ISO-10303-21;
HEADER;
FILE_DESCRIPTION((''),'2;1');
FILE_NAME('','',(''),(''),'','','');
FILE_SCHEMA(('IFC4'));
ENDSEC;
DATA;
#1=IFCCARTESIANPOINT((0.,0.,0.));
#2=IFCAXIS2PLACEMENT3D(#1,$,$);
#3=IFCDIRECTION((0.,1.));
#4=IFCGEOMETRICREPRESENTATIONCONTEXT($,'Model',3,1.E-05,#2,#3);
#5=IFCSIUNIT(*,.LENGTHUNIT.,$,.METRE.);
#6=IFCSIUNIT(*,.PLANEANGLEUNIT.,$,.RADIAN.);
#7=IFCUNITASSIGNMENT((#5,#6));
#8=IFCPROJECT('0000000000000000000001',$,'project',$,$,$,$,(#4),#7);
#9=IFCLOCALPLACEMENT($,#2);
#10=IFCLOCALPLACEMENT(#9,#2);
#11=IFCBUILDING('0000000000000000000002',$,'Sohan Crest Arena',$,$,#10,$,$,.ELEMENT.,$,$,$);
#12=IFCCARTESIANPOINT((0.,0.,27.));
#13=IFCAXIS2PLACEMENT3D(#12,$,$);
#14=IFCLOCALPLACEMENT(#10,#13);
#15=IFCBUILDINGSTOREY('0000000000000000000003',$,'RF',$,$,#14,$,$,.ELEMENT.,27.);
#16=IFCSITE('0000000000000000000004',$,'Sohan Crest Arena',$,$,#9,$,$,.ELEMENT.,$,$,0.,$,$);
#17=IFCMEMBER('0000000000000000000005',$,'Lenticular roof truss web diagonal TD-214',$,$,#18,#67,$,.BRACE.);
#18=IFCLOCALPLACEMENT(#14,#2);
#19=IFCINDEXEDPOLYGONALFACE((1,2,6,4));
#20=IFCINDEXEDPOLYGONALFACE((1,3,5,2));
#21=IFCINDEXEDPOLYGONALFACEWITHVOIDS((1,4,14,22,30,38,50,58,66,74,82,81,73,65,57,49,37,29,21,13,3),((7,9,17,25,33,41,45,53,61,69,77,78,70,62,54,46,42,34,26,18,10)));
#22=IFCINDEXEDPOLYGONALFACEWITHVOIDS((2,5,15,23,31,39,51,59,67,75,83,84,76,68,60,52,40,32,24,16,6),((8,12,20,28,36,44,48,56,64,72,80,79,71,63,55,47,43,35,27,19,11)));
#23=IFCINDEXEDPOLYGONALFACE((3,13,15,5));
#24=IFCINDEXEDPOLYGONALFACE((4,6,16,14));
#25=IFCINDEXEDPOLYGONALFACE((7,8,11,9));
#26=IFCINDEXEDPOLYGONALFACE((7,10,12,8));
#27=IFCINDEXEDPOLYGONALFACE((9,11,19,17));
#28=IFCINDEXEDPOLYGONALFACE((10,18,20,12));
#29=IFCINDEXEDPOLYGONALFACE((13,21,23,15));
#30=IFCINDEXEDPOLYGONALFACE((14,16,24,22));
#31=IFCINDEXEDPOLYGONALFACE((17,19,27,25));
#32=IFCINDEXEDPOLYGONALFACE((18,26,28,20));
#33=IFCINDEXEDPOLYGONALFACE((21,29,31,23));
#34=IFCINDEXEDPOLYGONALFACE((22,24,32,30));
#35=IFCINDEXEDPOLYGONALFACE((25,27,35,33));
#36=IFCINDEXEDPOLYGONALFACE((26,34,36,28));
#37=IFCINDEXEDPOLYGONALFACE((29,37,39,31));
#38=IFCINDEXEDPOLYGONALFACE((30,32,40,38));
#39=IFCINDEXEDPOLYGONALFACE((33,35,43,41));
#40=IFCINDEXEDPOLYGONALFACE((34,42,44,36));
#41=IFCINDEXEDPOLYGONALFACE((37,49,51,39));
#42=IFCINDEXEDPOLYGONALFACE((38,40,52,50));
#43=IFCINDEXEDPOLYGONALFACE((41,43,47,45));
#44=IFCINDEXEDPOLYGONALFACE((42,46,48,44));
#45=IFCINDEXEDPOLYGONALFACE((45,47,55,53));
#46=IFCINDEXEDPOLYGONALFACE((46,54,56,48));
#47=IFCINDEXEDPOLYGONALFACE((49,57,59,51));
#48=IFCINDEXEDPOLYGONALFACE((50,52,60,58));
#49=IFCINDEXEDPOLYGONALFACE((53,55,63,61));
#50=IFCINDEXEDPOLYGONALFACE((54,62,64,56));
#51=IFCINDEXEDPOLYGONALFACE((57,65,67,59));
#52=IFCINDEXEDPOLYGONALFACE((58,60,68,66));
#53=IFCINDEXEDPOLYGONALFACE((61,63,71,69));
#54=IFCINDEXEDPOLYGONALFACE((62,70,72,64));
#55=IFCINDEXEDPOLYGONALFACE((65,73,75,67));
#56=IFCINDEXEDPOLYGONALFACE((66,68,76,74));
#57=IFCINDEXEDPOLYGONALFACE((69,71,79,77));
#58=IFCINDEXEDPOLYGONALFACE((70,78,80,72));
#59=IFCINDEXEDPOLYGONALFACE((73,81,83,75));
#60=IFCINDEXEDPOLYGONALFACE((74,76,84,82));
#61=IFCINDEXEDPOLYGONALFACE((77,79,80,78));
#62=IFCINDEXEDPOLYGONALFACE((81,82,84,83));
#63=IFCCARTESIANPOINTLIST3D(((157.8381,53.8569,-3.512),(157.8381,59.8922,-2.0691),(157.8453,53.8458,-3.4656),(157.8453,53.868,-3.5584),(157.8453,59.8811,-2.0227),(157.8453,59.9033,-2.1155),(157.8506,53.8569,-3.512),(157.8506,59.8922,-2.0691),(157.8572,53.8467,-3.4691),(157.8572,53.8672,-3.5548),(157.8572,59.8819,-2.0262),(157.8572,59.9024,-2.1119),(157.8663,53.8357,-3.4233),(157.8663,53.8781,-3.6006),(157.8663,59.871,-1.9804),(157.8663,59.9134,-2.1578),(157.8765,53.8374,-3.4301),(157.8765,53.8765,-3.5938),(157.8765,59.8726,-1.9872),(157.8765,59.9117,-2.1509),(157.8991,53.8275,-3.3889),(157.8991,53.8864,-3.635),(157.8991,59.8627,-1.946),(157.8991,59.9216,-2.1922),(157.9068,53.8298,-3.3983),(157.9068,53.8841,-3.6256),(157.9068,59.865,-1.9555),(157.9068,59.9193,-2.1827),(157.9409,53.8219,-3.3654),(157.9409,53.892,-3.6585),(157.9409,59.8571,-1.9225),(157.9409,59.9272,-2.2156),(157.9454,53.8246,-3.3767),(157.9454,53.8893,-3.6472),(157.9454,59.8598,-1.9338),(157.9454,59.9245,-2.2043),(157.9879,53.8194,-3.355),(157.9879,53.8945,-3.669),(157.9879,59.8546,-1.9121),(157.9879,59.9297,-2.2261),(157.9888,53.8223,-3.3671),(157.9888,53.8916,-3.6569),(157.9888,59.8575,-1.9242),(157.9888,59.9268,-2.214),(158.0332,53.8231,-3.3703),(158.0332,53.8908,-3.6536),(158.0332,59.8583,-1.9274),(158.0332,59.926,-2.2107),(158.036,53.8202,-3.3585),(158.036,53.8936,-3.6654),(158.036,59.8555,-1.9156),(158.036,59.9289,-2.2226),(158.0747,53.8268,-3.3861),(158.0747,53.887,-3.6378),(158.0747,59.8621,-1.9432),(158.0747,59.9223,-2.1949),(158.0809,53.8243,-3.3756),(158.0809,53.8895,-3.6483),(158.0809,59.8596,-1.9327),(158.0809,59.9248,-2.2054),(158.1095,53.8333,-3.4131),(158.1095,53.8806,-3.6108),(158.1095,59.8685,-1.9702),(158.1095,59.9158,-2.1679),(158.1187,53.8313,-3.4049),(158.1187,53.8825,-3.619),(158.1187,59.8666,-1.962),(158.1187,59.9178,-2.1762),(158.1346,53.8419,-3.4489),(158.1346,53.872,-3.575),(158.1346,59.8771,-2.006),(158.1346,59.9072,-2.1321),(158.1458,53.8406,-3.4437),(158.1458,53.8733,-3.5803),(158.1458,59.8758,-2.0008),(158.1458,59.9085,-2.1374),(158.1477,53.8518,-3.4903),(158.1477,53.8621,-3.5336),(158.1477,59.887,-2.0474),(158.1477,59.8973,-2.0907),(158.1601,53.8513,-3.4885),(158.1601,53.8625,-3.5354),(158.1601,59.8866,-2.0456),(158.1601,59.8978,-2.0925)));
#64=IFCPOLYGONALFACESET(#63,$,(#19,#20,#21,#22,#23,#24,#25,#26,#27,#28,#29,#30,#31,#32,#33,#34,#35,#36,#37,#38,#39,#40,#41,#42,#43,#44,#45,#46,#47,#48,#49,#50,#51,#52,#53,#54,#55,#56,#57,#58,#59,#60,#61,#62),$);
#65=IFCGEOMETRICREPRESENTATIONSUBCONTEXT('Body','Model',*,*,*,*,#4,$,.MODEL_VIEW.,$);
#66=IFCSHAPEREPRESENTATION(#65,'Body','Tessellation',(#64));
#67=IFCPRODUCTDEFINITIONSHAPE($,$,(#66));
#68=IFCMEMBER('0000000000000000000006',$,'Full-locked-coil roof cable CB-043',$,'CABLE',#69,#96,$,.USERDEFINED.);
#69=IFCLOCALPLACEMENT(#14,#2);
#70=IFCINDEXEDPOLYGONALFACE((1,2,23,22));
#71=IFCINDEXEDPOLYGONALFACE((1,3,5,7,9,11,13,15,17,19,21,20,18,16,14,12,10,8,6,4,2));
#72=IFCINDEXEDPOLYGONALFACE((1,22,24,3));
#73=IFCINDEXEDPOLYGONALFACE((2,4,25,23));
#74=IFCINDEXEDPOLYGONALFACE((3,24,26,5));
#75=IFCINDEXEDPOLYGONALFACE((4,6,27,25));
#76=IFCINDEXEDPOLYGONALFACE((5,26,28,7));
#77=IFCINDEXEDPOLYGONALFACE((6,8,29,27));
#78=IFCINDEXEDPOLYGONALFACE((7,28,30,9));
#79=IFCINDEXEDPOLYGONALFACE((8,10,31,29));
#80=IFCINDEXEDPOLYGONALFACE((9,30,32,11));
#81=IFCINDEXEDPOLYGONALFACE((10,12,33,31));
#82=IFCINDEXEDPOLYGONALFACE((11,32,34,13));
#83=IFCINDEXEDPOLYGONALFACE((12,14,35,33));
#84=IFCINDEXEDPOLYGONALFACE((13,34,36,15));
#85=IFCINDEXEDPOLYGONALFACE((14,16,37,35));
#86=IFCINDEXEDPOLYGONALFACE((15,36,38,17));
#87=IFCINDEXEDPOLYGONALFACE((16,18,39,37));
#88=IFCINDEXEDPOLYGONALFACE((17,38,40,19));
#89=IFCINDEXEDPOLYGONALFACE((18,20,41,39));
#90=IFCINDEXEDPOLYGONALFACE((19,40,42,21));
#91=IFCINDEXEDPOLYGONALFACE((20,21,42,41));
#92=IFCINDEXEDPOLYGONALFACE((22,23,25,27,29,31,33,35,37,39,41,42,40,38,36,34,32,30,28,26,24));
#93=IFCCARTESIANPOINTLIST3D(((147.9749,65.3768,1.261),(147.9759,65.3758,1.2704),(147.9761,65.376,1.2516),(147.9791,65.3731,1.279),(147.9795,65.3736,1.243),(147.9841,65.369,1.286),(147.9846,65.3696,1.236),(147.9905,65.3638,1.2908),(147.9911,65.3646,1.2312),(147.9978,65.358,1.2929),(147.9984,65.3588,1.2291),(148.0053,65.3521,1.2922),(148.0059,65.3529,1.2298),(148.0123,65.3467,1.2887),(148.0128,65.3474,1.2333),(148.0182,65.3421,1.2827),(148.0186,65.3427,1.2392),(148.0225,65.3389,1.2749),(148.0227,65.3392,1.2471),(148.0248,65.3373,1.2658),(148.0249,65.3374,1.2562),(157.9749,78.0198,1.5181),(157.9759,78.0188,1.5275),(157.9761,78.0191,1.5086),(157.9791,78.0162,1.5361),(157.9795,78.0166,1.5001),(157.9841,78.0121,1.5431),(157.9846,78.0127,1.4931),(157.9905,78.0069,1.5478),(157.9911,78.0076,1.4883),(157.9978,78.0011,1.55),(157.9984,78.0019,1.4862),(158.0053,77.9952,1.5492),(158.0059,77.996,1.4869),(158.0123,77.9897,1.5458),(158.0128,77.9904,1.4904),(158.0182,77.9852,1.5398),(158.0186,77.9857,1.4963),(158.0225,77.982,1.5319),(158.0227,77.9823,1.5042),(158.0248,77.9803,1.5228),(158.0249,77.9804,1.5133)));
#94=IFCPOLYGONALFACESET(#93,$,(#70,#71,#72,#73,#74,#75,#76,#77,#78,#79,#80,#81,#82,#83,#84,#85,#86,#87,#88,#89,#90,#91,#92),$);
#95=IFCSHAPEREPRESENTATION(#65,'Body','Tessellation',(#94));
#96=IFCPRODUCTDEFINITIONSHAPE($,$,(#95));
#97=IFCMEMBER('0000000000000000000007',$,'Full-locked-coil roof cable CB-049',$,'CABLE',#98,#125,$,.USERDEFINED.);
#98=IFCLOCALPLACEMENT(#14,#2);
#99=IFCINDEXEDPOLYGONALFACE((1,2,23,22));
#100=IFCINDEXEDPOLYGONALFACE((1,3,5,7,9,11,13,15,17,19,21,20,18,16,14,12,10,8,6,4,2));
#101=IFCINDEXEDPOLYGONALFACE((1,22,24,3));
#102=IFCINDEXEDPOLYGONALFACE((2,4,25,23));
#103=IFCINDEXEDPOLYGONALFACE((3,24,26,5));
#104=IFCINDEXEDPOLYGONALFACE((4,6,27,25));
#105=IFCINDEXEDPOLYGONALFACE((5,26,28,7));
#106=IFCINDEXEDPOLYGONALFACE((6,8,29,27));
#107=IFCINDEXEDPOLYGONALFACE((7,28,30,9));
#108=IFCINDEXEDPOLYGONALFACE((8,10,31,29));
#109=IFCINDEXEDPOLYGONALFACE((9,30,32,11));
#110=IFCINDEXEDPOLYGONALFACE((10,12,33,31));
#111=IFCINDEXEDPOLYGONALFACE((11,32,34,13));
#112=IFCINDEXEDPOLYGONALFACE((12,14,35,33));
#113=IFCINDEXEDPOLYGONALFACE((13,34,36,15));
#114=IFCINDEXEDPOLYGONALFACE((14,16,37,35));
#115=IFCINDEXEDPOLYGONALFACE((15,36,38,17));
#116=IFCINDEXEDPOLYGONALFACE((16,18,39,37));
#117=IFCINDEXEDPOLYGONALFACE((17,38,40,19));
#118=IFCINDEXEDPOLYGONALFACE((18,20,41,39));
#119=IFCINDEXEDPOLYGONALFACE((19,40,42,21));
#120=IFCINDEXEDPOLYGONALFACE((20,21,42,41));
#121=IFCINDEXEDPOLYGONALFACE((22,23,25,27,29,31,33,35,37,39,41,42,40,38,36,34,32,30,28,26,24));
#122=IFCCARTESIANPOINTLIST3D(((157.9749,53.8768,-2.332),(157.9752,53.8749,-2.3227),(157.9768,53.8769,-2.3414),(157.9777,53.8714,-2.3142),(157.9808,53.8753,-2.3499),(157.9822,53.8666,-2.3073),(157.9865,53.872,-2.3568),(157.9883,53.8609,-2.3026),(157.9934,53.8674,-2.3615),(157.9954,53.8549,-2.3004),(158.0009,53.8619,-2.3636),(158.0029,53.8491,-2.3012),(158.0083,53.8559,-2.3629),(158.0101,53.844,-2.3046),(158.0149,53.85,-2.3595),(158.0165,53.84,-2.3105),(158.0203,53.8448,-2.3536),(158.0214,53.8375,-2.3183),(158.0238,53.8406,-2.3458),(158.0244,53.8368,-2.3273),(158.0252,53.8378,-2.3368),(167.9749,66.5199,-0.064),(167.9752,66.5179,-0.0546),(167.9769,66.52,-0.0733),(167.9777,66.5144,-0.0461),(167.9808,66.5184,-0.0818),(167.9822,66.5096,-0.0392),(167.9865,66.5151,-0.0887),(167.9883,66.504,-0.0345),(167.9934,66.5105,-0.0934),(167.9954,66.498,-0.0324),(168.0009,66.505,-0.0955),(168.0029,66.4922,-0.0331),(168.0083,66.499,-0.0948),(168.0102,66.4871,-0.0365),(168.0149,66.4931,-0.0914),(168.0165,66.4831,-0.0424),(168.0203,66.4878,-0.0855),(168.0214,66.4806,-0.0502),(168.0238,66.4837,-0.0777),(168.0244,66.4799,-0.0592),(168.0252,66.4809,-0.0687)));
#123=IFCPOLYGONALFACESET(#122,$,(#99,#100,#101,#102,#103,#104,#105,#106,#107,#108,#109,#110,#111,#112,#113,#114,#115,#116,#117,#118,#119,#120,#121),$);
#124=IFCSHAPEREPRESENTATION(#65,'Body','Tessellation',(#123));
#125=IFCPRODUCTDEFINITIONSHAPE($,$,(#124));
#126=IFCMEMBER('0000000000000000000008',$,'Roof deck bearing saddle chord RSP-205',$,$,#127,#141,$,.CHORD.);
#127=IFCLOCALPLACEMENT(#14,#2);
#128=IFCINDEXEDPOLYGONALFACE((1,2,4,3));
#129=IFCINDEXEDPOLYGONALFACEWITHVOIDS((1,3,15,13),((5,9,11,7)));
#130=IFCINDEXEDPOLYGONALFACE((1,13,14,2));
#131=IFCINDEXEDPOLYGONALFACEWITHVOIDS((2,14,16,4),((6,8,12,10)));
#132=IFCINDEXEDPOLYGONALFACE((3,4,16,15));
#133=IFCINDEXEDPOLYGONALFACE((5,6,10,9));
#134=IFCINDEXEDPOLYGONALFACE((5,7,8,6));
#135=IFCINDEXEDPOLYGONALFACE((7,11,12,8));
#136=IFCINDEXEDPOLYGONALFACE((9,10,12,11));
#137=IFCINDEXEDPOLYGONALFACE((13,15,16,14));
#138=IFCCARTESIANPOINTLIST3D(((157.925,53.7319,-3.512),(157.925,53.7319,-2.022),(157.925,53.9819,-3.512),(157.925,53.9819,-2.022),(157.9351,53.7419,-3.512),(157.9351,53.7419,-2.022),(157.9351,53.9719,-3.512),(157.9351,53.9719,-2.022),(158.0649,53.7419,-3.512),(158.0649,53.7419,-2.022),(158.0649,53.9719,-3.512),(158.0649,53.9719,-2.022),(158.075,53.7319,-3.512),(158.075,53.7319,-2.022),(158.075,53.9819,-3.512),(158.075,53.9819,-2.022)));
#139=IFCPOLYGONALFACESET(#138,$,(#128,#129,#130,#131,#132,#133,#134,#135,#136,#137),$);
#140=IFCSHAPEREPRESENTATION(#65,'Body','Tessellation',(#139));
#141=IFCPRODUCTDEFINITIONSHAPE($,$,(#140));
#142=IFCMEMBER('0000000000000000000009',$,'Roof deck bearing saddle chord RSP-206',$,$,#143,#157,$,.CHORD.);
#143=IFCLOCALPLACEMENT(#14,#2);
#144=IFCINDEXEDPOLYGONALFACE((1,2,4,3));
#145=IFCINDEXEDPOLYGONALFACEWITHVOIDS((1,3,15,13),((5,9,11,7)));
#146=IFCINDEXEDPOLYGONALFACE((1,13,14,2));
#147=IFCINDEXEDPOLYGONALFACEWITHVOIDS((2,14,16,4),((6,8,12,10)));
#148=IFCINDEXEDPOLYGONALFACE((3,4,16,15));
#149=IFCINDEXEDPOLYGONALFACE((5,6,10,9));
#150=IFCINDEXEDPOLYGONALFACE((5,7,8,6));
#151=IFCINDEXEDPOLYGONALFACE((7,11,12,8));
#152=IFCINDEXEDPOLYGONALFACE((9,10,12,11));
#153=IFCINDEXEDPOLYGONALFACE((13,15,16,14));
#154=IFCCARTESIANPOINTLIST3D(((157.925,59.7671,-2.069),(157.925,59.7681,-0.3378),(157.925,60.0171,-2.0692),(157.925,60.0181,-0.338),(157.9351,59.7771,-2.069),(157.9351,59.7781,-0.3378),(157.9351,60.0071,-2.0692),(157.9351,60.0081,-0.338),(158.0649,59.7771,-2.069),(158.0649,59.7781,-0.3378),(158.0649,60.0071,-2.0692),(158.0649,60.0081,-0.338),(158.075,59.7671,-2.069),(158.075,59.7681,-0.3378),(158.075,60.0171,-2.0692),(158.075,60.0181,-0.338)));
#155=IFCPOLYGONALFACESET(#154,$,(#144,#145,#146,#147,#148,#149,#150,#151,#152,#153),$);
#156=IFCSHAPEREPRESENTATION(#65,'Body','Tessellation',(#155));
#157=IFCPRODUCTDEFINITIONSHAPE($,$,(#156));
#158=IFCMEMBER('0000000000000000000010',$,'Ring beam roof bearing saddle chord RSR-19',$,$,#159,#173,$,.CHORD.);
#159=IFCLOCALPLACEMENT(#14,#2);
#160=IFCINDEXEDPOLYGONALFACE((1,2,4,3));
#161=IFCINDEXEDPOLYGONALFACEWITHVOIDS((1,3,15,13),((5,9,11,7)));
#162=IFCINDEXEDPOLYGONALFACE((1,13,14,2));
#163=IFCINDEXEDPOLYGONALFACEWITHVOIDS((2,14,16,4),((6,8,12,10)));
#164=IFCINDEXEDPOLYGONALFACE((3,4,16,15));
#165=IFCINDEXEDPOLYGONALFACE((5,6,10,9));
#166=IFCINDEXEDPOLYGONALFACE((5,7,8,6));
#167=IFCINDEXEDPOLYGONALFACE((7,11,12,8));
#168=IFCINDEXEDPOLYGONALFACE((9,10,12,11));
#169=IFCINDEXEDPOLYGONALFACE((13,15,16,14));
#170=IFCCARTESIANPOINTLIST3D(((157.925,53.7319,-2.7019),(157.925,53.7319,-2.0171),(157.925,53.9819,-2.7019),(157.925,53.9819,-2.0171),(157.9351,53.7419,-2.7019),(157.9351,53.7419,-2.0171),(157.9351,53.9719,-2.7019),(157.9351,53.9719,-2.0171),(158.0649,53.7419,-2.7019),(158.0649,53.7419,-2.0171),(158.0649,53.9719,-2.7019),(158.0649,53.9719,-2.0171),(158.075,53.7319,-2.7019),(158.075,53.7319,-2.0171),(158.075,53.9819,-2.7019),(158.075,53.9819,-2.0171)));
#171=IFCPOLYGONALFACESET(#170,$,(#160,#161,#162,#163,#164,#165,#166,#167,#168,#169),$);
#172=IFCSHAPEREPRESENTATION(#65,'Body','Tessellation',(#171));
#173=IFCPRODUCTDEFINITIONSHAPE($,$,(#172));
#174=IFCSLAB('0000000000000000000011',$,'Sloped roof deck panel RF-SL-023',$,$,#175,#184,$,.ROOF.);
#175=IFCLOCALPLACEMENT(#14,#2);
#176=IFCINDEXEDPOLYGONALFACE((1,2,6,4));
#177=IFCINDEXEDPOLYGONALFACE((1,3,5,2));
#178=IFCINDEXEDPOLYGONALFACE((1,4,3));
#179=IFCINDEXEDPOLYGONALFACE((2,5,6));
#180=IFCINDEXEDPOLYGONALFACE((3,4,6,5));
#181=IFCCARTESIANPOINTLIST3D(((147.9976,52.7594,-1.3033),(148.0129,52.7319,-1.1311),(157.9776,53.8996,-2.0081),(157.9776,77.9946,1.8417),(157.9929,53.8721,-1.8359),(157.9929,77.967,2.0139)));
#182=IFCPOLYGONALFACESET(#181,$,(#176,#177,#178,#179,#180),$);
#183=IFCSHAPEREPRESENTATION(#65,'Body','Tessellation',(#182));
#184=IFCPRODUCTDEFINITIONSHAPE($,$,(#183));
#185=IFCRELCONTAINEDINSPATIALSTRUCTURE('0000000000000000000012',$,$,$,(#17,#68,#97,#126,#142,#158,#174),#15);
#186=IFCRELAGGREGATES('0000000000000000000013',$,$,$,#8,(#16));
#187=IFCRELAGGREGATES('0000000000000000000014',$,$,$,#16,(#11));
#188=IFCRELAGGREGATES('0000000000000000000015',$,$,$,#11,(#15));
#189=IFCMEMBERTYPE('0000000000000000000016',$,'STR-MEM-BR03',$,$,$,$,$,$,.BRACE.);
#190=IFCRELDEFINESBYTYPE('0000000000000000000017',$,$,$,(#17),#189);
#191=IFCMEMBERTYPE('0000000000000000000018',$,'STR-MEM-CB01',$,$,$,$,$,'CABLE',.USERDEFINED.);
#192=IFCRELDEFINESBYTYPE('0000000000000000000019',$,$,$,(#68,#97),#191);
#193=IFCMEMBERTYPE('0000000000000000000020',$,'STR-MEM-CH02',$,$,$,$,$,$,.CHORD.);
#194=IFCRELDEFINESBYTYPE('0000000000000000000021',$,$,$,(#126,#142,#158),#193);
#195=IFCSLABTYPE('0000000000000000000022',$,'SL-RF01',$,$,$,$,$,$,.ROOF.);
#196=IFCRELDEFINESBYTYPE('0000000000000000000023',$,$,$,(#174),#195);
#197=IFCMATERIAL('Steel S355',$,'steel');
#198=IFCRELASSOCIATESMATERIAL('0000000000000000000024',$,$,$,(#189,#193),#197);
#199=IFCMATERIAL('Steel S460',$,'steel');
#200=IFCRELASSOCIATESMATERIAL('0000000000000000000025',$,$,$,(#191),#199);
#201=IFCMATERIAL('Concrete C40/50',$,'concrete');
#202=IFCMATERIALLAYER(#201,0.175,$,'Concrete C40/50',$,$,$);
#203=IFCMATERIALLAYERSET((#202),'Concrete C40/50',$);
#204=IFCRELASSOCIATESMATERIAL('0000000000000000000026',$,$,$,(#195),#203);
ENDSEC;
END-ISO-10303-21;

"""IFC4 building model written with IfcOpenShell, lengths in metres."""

from ifc_helpers import new_model, si_unit, direction, frame, origin, origin_2d, place, context, subcontext, project, spatial, polyline, hollow_rectangle, circle, hollow_circle, outline, extrude, material, layer, layer_set, material_profile, profile_set, type_object, element, save


model = new_model("IFC4")

# Units and contexts
model_context = context("Model", 3, precision=1e-05, world=origin(), true_north=direction((0.0, 1.0)))
body_context = subcontext(model_context, "Body", "Model", "MODEL_VIEW")
ifc_project = project(units=[si_unit("LENGTHUNIT", "METRE"), si_unit("PLANEANGLEUNIT", "RADIAN")], contexts=[model_context])

# Site, building, storey
site_placement = place(None, origin())
site = spatial("IfcSite", under=ifc_project, at=site_placement, Name="Sohan Crest Arena", CompositionType="ELEMENT", RefElevation=0.0)
building_placement = place(site_placement, origin())
building = spatial("IfcBuilding", under=site, at=building_placement, Name="Sohan Crest Arena", CompositionType="ELEMENT")
storey_placement = place(building_placement, frame((0.0, 0.0, 27.0)))
storey = spatial("IfcBuildingStorey", under=building, at=storey_placement, Name="RF", CompositionType="ELEMENT", Elevation=27.0)

# Shared definitions
ifc_material_1 = material(Name="Steel S355", Category="steel")

# Members
ifc_material_profile_1 = material_profile(ifc_material_1, hollow_circle(Radius=0.1619, WallThickness=0.0125, at=origin_2d()), Name="CHS 323.9x12.5")
ifc_profile_set_1 = profile_set([ifc_material_profile_1], Name="Steel S355")
member_type_1 = type_object("IfcMemberType", Name="STR-MEM-BR03", PredefinedType="BRACE", material=ifc_profile_set_1)
member_1_placement = place(storey_placement, frame((158.0, 53.8569, -3.512), z_axis=(0.0, 0.97259, 0.232525), x_axis=(-1.0, 0.0, 0.0)))
element("IfcMember", 1, at=member_1_placement, inside=storey, type_object=member_type_1, Name="Lenticular roof truss web diagonal TD-214", PredefinedType="BRACE", context=body_context, shape_type="SweptSolid", body=[
    extrude(hollow_circle(Radius=0.1619, WallThickness=0.0125, at=origin_2d()), origin(), (0.0, 0.0, 1.0), 6.2053),
])
ifc_material_2 = material(Name="Steel S460", Category="steel")
ifc_material_profile_2 = material_profile(ifc_material_2, circle(Radius=0.032, at=origin_2d()), Name="FLC D64")
ifc_profile_set_2 = profile_set([ifc_material_profile_2], Name="Steel S460")
member_type_2 = type_object("IfcMemberType", Name="STR-MEM-CB01", ElementType="CABLE", PredefinedType="USERDEFINED", material=ifc_profile_set_2)
member_2_placement = place(storey_placement, frame((148.0, 65.3569, 1.261), z_axis=(0.620277, 0.784221, 0.015946), x_axis=(-0.78432, 0.620356, 0.0)))
element("IfcMember", 2, at=member_2_placement, inside=storey, type_object=member_type_2, Name="Full-locked-coil roof cable CB-043", ObjectType="CABLE", PredefinedType="USERDEFINED", context=body_context, shape_type="SweptSolid", body=[
    extrude(circle(Radius=0.032, at=origin_2d()), origin(), (0.0, 0.0, 1.0), 16.1218),
])
member_3_placement = place(storey_placement, frame((158.0, 53.8569, -2.332), z_axis=(0.614305, 0.77667, 0.139329), x_axis=(-0.78432, 0.620356, 0.0)))
element("IfcMember", 3, at=member_3_placement, inside=storey, type_object=member_type_2, Name="Full-locked-coil roof cable CB-049", ObjectType="CABLE", PredefinedType="USERDEFINED", context=body_context, shape_type="SweptSolid", body=[
    extrude(circle(Radius=0.032, at=origin_2d()), origin(), (0.0, 0.0, 1.0), 16.2786),
])
ifc_material_profile_3 = material_profile(ifc_material_1, hollow_rectangle(XDim=0.1499, YDim=0.25, WallThickness=0.01, at=origin_2d()), Name="RHS 250x150x10")
ifc_profile_set_3 = profile_set([ifc_material_profile_3], Name="Steel S355")
member_type_3 = type_object("IfcMemberType", Name="STR-MEM-CH02", PredefinedType="CHORD", material=ifc_profile_set_3)
member_4_placement = place(storey_placement, frame((158.0, 53.8569, -3.512), z_axis=(0.0, 0.0, 1.0), x_axis=(1.0, 0.0, 0.0)))
element("IfcMember", 4, at=member_4_placement, inside=storey, type_object=member_type_3, Name="Roof deck bearing saddle chord RSP-205", PredefinedType="CHORD", context=body_context, shape_type="SweptSolid", body=[
    extrude(hollow_rectangle(XDim=0.1499, YDim=0.25, WallThickness=0.01, at=origin_2d()), origin(), (0.0, 0.0, 1.0), 1.49),
])
member_5_placement = place(storey_placement, frame((158.0, 59.8921, -2.0691), z_axis=(0.0, 0.000564, 1.0), x_axis=(1.0, 0.0, 0.0)))
element("IfcMember", 5, at=member_5_placement, inside=storey, type_object=member_type_3, Name="Roof deck bearing saddle chord RSP-206", PredefinedType="CHORD", context=body_context, shape_type="SweptSolid", body=[
    extrude(hollow_rectangle(XDim=0.1499, YDim=0.25, WallThickness=0.01, at=origin_2d()), origin(), (0.0, 0.0, 1.0), 1.7312),
])
member_6_placement = place(storey_placement, frame((158.0, 53.8569, -2.7019), z_axis=(0.0, 0.0, 1.0), x_axis=(1.0, 0.0, 0.0)))
element("IfcMember", 6, at=member_6_placement, inside=storey, type_object=member_type_3, Name="Ring beam roof bearing saddle chord RSR-19", PredefinedType="CHORD", context=body_context, shape_type="SweptSolid", body=[
    extrude(hollow_rectangle(XDim=0.1499, YDim=0.25, WallThickness=0.01, at=origin_2d()), origin(), (0.0, 0.0, 1.0), 0.6848),
])

# Slab
ifc_material_3 = material(Name="Concrete C40/50", Category="concrete")
ifc_layer_1 = layer(ifc_material_3, 0.175, Name="Concrete C40/50")
ifc_layer_set_1 = layer_set([ifc_layer_1], Name="Concrete C40/50")
slab_type = type_object("IfcSlabType", Name="SL-RF01", PredefinedType="ROOF", material=ifc_layer_set_1)
slab_1_placement = place(storey_placement, frame((148.0129, 52.7319, -1.1311), z_axis=(0.087429, -0.157173, 0.983693), x_axis=(0.991101, 0.113226, -0.069996)))
element("IfcSlab", 7, at=slab_1_placement, inside=storey, type_object=slab_type, Name="Sloped roof deck panel RF-SL-023", PredefinedType="ROOF", context=body_context, shape_type="SweptSolid", body=[
    extrude(outline(polyline([(0.0, 0.0), (10.0696, 0.0), (12.5283, 24.2764), (0.0, 0.0)])), origin(), (0.0, 0.0, -1.0), 0.175),
])

save(model, "model.ifc")
